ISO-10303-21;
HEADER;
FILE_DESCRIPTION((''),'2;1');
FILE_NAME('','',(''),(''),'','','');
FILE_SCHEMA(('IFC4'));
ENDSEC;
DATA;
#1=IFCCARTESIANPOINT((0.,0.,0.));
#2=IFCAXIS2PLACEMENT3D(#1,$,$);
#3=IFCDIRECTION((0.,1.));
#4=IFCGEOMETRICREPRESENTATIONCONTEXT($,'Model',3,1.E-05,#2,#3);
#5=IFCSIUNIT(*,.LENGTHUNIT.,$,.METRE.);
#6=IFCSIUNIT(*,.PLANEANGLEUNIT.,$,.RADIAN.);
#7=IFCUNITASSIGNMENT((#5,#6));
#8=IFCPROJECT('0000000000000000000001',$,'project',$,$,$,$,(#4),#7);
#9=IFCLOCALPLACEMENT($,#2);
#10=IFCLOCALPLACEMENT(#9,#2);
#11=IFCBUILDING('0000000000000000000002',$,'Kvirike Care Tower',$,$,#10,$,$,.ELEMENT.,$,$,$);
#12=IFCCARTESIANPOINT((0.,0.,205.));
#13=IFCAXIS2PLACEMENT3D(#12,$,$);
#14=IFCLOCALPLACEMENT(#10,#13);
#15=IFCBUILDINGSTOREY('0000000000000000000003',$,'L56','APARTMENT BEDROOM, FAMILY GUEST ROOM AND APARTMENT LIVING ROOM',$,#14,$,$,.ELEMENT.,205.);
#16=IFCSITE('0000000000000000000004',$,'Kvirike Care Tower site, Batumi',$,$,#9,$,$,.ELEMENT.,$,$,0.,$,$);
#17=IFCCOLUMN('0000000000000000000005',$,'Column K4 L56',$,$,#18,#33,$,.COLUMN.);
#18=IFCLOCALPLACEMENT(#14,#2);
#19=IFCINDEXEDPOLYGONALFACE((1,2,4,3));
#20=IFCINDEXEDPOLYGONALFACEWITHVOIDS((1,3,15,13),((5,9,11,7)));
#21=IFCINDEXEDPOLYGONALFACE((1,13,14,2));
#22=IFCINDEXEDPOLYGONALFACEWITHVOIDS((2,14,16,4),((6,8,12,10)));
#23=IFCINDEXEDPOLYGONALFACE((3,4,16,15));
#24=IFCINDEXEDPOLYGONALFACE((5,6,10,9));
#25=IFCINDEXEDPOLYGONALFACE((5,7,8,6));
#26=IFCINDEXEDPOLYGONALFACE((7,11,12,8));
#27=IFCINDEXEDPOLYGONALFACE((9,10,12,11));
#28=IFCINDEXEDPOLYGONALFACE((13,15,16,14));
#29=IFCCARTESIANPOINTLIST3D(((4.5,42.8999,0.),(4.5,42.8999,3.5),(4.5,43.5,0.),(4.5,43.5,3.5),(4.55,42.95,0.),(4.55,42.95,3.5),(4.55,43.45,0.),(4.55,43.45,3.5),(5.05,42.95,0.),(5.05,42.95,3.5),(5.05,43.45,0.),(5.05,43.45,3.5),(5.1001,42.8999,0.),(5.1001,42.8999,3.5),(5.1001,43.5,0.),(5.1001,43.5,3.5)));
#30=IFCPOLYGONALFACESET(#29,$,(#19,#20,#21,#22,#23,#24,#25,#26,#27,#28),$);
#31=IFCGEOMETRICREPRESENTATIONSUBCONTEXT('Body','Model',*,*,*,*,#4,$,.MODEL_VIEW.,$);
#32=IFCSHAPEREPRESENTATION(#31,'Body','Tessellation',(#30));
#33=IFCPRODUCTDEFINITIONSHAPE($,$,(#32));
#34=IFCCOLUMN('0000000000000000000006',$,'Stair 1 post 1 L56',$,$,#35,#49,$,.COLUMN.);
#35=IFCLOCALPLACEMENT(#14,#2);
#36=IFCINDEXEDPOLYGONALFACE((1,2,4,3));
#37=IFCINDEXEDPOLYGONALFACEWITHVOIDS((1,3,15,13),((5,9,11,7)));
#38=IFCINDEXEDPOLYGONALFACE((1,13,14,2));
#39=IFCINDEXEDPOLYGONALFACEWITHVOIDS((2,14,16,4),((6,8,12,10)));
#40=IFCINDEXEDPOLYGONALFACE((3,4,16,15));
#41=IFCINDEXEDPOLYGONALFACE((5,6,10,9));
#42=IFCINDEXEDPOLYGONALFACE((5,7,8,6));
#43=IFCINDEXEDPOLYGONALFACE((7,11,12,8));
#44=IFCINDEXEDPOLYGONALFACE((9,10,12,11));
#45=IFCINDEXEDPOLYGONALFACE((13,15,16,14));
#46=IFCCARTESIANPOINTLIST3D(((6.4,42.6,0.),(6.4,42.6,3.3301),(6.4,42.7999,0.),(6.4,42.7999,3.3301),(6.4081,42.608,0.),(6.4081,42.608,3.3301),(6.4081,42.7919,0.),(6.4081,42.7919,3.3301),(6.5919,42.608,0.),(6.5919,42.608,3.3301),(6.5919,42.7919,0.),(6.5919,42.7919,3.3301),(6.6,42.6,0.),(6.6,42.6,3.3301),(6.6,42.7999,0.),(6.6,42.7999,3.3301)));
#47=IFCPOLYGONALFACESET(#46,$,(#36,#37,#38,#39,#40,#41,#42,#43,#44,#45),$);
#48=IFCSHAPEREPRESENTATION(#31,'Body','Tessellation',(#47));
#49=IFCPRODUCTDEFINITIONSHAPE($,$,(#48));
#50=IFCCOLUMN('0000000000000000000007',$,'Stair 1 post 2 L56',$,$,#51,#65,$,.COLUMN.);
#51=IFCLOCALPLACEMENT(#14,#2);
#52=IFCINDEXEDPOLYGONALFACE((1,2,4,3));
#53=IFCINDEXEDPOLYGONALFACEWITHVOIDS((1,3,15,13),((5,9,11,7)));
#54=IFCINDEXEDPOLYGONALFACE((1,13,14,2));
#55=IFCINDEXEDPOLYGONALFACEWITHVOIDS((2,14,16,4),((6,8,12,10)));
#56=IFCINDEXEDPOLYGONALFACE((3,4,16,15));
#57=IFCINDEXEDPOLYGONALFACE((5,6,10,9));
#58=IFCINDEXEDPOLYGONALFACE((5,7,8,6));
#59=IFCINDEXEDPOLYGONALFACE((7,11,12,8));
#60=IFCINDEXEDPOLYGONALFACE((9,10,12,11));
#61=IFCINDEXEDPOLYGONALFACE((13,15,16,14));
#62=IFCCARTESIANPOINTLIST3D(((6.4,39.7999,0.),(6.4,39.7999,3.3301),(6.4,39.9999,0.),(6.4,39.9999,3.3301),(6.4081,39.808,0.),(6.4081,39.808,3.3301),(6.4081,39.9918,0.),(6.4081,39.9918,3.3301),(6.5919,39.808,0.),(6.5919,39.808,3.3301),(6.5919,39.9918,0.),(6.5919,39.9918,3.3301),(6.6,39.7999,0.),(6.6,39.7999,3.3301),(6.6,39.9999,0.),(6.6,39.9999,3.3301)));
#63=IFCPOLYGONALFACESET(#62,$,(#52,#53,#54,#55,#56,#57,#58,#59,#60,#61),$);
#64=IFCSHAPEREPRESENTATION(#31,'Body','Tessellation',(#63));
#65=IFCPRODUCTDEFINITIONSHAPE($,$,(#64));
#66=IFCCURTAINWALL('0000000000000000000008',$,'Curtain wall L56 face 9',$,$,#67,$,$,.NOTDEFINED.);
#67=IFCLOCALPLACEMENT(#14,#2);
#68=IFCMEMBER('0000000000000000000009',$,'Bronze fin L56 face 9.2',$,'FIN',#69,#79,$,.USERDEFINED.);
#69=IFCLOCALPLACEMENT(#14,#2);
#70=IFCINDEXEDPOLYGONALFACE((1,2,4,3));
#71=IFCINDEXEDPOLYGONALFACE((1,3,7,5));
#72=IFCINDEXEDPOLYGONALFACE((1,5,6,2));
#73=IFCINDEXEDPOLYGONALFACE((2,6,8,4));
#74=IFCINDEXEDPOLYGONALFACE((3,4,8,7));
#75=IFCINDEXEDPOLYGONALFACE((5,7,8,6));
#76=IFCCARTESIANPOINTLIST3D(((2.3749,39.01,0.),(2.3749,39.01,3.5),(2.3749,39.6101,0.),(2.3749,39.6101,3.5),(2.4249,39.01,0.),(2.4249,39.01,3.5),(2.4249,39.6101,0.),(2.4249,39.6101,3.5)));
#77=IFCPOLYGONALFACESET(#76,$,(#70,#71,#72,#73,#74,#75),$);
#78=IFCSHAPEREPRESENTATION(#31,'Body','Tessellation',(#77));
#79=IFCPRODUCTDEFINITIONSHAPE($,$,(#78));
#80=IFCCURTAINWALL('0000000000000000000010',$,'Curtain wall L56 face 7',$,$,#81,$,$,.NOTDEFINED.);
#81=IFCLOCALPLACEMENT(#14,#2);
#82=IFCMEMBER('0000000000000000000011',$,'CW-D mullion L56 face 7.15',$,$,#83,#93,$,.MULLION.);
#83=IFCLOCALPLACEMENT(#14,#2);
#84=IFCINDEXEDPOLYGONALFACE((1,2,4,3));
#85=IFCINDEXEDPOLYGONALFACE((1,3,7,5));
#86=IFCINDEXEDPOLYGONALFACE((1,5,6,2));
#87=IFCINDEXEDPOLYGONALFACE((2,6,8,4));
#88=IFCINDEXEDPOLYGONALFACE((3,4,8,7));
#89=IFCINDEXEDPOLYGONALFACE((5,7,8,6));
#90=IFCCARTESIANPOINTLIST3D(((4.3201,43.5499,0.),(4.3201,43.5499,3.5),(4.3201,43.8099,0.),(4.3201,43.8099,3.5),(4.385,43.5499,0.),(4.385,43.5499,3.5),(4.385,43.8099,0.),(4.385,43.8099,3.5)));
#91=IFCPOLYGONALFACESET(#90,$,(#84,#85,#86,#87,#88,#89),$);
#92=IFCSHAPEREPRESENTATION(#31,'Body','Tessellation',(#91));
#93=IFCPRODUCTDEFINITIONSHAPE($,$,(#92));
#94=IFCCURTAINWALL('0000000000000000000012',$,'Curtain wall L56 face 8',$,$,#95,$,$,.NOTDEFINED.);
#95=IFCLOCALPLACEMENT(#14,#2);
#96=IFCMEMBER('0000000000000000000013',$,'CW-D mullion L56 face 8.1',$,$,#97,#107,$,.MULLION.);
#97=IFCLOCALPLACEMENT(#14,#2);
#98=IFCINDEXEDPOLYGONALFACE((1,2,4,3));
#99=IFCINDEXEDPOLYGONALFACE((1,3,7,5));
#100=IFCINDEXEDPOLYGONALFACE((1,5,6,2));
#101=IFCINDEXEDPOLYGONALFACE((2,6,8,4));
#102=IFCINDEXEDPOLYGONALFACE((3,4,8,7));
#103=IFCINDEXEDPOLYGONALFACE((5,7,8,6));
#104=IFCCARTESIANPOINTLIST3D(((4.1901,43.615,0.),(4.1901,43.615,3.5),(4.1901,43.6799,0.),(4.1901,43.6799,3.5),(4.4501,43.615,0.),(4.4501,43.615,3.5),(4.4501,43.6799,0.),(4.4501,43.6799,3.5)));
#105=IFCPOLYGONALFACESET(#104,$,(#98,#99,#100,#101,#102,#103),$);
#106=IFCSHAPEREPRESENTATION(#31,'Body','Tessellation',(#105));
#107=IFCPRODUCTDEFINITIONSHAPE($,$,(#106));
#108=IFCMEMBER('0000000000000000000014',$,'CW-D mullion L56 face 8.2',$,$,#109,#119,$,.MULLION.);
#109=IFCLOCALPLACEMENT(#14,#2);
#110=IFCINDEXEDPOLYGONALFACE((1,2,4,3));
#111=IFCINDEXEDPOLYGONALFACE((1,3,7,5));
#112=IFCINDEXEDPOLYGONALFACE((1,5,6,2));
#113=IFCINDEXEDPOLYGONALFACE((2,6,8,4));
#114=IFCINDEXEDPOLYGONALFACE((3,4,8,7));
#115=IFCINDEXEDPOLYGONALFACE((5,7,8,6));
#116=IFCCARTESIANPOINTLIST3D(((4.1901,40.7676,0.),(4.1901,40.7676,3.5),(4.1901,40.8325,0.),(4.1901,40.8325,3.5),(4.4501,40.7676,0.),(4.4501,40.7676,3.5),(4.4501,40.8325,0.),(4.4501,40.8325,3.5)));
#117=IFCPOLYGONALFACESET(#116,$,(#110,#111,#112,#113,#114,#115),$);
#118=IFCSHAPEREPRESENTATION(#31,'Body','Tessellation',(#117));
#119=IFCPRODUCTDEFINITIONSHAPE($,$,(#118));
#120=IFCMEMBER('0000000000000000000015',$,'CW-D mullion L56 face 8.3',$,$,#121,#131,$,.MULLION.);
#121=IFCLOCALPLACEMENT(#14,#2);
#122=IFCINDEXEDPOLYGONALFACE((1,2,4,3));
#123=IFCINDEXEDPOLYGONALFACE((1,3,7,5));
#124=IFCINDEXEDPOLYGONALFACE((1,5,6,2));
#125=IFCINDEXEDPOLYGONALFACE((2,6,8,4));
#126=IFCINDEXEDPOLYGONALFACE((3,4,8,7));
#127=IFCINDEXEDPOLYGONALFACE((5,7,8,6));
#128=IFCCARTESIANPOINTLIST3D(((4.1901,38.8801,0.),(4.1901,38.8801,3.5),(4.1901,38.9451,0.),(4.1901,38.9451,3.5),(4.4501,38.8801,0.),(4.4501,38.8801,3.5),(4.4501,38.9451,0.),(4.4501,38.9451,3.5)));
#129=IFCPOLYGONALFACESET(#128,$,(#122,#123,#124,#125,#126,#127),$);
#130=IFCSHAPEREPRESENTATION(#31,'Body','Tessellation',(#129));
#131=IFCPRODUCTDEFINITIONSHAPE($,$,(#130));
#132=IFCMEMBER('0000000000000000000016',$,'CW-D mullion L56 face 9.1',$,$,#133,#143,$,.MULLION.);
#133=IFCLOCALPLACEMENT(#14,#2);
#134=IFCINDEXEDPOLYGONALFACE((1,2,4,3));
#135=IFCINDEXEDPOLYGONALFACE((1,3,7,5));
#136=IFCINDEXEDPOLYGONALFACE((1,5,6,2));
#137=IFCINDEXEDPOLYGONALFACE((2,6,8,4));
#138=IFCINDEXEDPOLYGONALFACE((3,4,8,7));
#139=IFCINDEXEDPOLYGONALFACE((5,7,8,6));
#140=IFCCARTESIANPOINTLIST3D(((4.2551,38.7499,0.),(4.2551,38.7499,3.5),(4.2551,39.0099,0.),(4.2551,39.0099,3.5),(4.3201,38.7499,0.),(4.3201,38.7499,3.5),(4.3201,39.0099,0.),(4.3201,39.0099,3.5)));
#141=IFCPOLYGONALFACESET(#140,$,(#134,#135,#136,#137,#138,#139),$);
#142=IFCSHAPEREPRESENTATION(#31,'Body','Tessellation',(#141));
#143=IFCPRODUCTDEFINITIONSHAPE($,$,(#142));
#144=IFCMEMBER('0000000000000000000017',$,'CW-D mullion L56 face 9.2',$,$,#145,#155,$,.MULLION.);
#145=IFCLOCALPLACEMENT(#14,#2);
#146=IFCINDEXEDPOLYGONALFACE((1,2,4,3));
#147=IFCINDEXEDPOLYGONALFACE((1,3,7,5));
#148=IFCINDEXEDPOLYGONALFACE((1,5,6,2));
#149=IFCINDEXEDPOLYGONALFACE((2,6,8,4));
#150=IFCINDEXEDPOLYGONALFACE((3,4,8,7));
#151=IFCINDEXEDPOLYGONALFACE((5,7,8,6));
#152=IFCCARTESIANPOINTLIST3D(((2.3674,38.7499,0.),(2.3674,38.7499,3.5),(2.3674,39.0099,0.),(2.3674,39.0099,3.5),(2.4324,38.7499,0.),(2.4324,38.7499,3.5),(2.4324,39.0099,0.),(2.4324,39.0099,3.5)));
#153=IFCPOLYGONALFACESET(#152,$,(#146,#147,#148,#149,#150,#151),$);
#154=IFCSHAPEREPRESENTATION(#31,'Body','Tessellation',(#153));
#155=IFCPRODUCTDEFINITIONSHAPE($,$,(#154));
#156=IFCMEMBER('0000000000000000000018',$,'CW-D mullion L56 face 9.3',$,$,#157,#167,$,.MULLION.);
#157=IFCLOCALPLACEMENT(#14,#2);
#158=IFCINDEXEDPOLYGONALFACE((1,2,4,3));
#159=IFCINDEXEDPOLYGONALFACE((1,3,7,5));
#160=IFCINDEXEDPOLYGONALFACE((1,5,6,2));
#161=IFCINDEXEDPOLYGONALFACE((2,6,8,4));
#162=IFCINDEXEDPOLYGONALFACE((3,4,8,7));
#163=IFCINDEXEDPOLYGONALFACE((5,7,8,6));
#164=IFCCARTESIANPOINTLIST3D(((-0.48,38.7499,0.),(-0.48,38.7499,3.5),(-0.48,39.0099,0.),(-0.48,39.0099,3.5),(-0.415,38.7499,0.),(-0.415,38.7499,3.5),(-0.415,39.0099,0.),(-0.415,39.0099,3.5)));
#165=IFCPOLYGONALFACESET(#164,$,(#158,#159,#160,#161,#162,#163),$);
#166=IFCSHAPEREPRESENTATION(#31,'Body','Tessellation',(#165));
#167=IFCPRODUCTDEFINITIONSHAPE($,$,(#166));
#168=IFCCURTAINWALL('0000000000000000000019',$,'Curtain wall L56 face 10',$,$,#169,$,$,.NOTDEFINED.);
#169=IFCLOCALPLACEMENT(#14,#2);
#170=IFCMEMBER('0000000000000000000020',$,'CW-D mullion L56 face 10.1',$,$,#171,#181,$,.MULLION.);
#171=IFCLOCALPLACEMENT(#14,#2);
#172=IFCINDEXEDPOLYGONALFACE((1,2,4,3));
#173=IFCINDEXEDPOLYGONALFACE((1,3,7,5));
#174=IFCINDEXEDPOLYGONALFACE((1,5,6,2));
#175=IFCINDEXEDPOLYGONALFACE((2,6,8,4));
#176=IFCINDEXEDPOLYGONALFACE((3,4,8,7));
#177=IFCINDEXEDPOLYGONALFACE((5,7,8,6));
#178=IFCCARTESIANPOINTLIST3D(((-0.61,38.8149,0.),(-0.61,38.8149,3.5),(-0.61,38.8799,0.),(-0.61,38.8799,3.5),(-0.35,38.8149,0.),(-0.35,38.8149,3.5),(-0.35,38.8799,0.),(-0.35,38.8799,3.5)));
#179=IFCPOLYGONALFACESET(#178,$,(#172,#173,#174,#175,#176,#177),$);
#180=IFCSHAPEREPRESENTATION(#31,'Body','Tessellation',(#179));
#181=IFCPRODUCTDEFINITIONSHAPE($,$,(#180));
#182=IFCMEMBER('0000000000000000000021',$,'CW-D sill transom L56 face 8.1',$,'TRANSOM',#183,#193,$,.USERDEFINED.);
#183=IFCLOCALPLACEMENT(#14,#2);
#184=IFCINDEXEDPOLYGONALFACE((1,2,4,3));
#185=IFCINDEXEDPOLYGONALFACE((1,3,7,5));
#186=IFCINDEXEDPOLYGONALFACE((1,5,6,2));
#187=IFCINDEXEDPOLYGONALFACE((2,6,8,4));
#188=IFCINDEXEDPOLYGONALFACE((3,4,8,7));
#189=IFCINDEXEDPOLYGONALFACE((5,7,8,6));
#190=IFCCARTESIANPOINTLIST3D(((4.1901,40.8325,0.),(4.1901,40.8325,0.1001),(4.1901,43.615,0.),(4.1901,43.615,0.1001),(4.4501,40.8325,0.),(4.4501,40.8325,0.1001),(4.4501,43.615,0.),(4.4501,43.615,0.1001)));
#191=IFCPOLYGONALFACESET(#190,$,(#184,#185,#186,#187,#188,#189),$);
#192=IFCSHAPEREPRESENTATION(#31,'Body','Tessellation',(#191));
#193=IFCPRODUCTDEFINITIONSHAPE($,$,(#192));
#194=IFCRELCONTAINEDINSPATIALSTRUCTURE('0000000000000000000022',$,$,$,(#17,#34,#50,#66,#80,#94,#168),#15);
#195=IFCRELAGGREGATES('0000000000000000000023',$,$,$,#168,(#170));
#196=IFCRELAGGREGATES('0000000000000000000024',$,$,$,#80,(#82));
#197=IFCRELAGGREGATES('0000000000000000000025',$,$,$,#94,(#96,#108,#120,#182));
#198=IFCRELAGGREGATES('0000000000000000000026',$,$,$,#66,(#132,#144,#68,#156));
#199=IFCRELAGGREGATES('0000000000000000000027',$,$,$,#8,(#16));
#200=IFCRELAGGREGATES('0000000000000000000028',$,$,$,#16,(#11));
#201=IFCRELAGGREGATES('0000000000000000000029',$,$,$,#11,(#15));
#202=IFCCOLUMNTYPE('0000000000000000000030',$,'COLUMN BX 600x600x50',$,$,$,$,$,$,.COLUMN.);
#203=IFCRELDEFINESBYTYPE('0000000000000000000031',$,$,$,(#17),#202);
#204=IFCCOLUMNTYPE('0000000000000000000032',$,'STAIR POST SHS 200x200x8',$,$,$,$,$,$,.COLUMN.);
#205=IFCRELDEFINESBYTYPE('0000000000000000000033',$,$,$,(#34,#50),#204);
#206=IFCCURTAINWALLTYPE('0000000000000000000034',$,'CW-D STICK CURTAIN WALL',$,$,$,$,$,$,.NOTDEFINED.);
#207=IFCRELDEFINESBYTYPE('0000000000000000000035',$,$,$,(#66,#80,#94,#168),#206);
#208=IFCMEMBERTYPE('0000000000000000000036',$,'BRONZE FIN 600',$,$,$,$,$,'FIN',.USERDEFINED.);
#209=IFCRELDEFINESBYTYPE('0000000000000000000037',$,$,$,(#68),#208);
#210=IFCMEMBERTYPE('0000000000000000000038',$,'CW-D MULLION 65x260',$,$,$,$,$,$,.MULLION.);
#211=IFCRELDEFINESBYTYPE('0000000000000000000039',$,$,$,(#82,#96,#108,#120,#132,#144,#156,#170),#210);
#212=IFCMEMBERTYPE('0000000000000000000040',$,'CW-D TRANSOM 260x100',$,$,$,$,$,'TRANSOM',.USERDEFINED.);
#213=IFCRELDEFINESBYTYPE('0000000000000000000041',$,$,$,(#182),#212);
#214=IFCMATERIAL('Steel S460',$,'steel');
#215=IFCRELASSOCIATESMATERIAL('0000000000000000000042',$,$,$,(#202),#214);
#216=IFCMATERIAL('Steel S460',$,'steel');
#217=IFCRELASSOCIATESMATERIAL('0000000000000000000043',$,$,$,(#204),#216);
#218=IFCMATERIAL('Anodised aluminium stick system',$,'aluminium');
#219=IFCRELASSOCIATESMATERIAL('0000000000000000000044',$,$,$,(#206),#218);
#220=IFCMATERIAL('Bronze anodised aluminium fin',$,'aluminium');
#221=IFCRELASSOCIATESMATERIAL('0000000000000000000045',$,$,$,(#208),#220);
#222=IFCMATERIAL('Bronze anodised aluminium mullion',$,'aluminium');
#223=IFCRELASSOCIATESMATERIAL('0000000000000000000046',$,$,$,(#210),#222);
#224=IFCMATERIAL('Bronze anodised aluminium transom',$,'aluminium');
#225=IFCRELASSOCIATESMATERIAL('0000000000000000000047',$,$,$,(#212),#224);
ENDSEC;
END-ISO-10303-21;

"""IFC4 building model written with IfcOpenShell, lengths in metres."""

from ifc_helpers import new_model, si_unit, direction, frame, origin, origin_2d, place, context, subcontext, project, spatial, rectangle, hollow_rectangle, extrude, material, material_profile, profile_set, type_object, element, aggregate, save


model = new_model("IFC4")

# Units and contexts
model_context = context("Model", 3, precision=1e-05, world=origin(), true_north=direction((0.0, 1.0)))
body_context = subcontext(model_context, "Body", "Model", "MODEL_VIEW")
ifc_project = project(units=[si_unit("LENGTHUNIT", "METRE"), si_unit("PLANEANGLEUNIT", "RADIAN")], contexts=[model_context])

# Site, building, storey
site_placement = place(None, origin())
site = spatial("IfcSite", under=ifc_project, at=site_placement, Name="Kvirike Care Tower site, Batumi", CompositionType="ELEMENT", RefElevation=0.0)
building_placement = place(site_placement, origin())
building = spatial("IfcBuilding", under=site, at=building_placement, Name="Kvirike Care Tower", CompositionType="ELEMENT")
storey_placement = place(building_placement, frame((0.0, 0.0, 205.0)))
storey = spatial("IfcBuildingStorey", under=building, at=storey_placement, Name="L56", Description="APARTMENT BEDROOM, FAMILY GUEST ROOM AND APARTMENT LIVING ROOM", CompositionType="ELEMENT", Elevation=205.0)

# Columns
ifc_material_1 = material(Name="Steel S460", Category="steel")
ifc_material_profile_1 = material_profile(ifc_material_1, hollow_rectangle(XDim=0.6001, YDim=0.6001, WallThickness=0.05, at=origin_2d()), Name="BX 600x600x50")
ifc_profile_set_1 = profile_set([ifc_material_profile_1], Name="Steel S460")
column_type_1 = type_object("IfcColumnType", Name="COLUMN BX 600x600x50", PredefinedType="COLUMN", material=ifc_profile_set_1)
column_placement = place(storey_placement, frame((4.8, 43.2, 0.0), z_axis=(0.0, 0.0, 1.0), x_axis=(0.0, 1.0, 0.0)))
element("IfcColumn", 1, at=column_placement, inside=storey, type_object=column_type_1, Name="Column K4 L56", PredefinedType="COLUMN", context=body_context, shape_type="SweptSolid", body=[
    extrude(hollow_rectangle(XDim=0.6001, YDim=0.6001, WallThickness=0.05, at=origin_2d()), origin(), (0.0, 0.0, 1.0), 3.5),
])
ifc_material_2 = material(Name="Steel S460", Category="steel")
ifc_material_profile_2 = material_profile(ifc_material_2, hollow_rectangle(XDim=0.2, YDim=0.2, WallThickness=0.0081, at=origin_2d()), Name="SHS 200x200x8")
ifc_profile_set_2 = profile_set([ifc_material_profile_2], Name="Steel S460")
column_type_2 = type_object("IfcColumnType", Name="STAIR POST SHS 200x200x8", PredefinedType="COLUMN", material=ifc_profile_set_2)
for number, where, z_axis, x_axis, name in (
    (2, (6.5, 42.7, 0.0), (0.0, 0.0, 1.0), (1.0, 0.0, 0.0), "Stair 1 post 1 L56"),
    (3, (6.5, 39.8999, 0.0), (0.0, 0.0, 1.0), (1.0, 0.0, 0.0), "Stair 1 post 2 L56"),
):
    element("IfcColumn", number, at=place(storey_placement, frame(where, z_axis=z_axis, x_axis=x_axis)), inside=storey, type_object=column_type_2, Name=name, PredefinedType="COLUMN", context=body_context, shape_type="SweptSolid", body=[
        extrude(hollow_rectangle(XDim=0.2, YDim=0.2, WallThickness=0.0081, at=origin_2d()), origin(), (0.0, 0.0, 1.0), 3.3301),
    ])

# Curtain walls, members
ifc_material_3 = material(Name="Anodised aluminium stick system", Category="aluminium")
curtain_wall_type = type_object("IfcCurtainWallType", Name="CW-D STICK CURTAIN WALL", PredefinedType="NOTDEFINED", material=ifc_material_3)
curtain_wall_1_placement = place(storey_placement, origin())
curtain_wall_1 = element("IfcCurtainWall", 4, at=curtain_wall_1_placement, inside=storey, type_object=curtain_wall_type, Name="Curtain wall L56 face 9", PredefinedType="NOTDEFINED")
ifc_material_4 = material(Name="Bronze anodised aluminium fin", Category="aluminium")
ifc_material_profile_3 = material_profile(ifc_material_4, rectangle(XDim=0.05, YDim=0.6001, at=origin_2d()), Name="BRONZE FIN 600")
ifc_profile_set_3 = profile_set([ifc_material_profile_3], Name="Bronze anodised aluminium fin")
member_type_1 = type_object("IfcMemberType", Name="BRONZE FIN 600", ElementType="FIN", PredefinedType="USERDEFINED", material=ifc_profile_set_3)
member_1_placement = place(storey_placement, frame((2.3999, 39.3101, 0.0), z_axis=(0.0, 0.0, 1.0), x_axis=(-1.0, 0.0, 0.0)))
member_1 = element("IfcMember", 5, at=member_1_placement, type_object=member_type_1, Name="Bronze fin L56 face 9.2", ObjectType="FIN", PredefinedType="USERDEFINED", context=body_context, shape_type="SweptSolid", body=[
    extrude(rectangle(XDim=0.05, YDim=0.6001, at=origin_2d()), origin(), (0.0, 0.0, 1.0), 3.5),
])
curtain_wall_2_placement = place(storey_placement, origin())
curtain_wall_2 = element("IfcCurtainWall", 6, at=curtain_wall_2_placement, inside=storey, type_object=curtain_wall_type, Name="Curtain wall L56 face 7", PredefinedType="NOTDEFINED")
ifc_material_5 = material(Name="Bronze anodised aluminium mullion", Category="aluminium")
ifc_material_profile_4 = material_profile(ifc_material_5, rectangle(XDim=0.0649, YDim=0.26, at=origin_2d()), Name="CW-D MULLION 65x260")
ifc_profile_set_4 = profile_set([ifc_material_profile_4], Name="Bronze anodised aluminium mullion")
member_type_2 = type_object("IfcMemberType", Name="CW-D MULLION 65x260", PredefinedType="MULLION", material=ifc_profile_set_4)
member_2_placement = place(storey_placement, frame((4.3525, 43.6799, 0.0), z_axis=(0.0, 0.0, 1.0), x_axis=(-1.0, 0.0, 0.0)))
member_2 = element("IfcMember", 7, at=member_2_placement, type_object=member_type_2, Name="CW-D mullion L56 face 7.15", PredefinedType="MULLION", context=body_context, shape_type="SweptSolid", body=[
    extrude(rectangle(XDim=0.0649, YDim=0.26, at=origin_2d()), origin(), (0.0, 0.0, 1.0), 3.5),
])

# Curtain wall, members
curtain_wall_3_placement = place(storey_placement, origin())
curtain_wall_3 = element("IfcCurtainWall", 8, at=curtain_wall_3_placement, inside=storey, type_object=curtain_wall_type, Name="Curtain wall L56 face 8", PredefinedType="NOTDEFINED")
member_3_placement = place(storey_placement, frame((4.3201, 43.6475, 0.0), z_axis=(0.0, 0.0, 1.0), x_axis=(0.0, -1.0, 0.0)))
member_3 = element("IfcMember", 9, at=member_3_placement, type_object=member_type_2, Name="CW-D mullion L56 face 8.1", PredefinedType="MULLION", context=body_context, shape_type="SweptSolid", body=[
    extrude(rectangle(XDim=0.0649, YDim=0.26, at=origin_2d()), origin(), (0.0, 0.0, 1.0), 3.5),
])
member_4_placement = place(storey_placement, frame((4.3201, 40.8, 0.0), z_axis=(0.0, 0.0, 1.0), x_axis=(0.0, -1.0, 0.0)))
member_4 = element("IfcMember", 10, at=member_4_placement, type_object=member_type_2, Name="CW-D mullion L56 face 8.2", PredefinedType="MULLION", context=body_context, shape_type="SweptSolid", body=[
    extrude(rectangle(XDim=0.0649, YDim=0.26, at=origin_2d()), origin(), (0.0, 0.0, 1.0), 3.5),
])
member_5_placement = place(storey_placement, frame((4.3201, 38.9126, 0.0), z_axis=(0.0, 0.0, 1.0), x_axis=(0.0, -1.0, 0.0)))
member_5 = element("IfcMember", 11, at=member_5_placement, type_object=member_type_2, Name="CW-D mullion L56 face 8.3", PredefinedType="MULLION", context=body_context, shape_type="SweptSolid", body=[
    extrude(rectangle(XDim=0.0649, YDim=0.26, at=origin_2d()), origin(), (0.0, 0.0, 1.0), 3.5),
])

# Members
member_6_placement = place(storey_placement, frame((4.2876, 38.8799, 0.0), z_axis=(0.0, 0.0, 1.0), x_axis=(-1.0, 0.0, 0.0)))
member_6 = element("IfcMember", 12, at=member_6_placement, type_object=member_type_2, Name="CW-D mullion L56 face 9.1", PredefinedType="MULLION", context=body_context, shape_type="SweptSolid", body=[
    extrude(rectangle(XDim=0.0649, YDim=0.26, at=origin_2d()), origin(), (0.0, 0.0, 1.0), 3.5),
])
member_7_placement = place(storey_placement, frame((2.3999, 38.8799, 0.0), z_axis=(0.0, 0.0, 1.0), x_axis=(-1.0, 0.0, 0.0)))
member_7 = element("IfcMember", 13, at=member_7_placement, type_object=member_type_2, Name="CW-D mullion L56 face 9.2", PredefinedType="MULLION", context=body_context, shape_type="SweptSolid", body=[
    extrude(rectangle(XDim=0.0649, YDim=0.26, at=origin_2d()), origin(), (0.0, 0.0, 1.0), 3.5),
])
member_8_placement = place(storey_placement, frame((-0.4475, 38.8799, 0.0), z_axis=(0.0, 0.0, 1.0), x_axis=(-1.0, 0.0, 0.0)))
member_8 = element("IfcMember", 14, at=member_8_placement, type_object=member_type_2, Name="CW-D mullion L56 face 9.3", PredefinedType="MULLION", context=body_context, shape_type="SweptSolid", body=[
    extrude(rectangle(XDim=0.0649, YDim=0.26, at=origin_2d()), origin(), (0.0, 0.0, 1.0), 3.5),
])

# Curtain wall, member
curtain_wall_4_placement = place(storey_placement, origin())
curtain_wall_4 = element("IfcCurtainWall", 15, at=curtain_wall_4_placement, inside=storey, type_object=curtain_wall_type, Name="Curtain wall L56 face 10", PredefinedType="NOTDEFINED")
member_9_placement = place(storey_placement, frame((-0.48, 38.8474, 0.0), z_axis=(0.0, 0.0, 1.0), x_axis=(0.0, -1.0, 0.0)))
member_9 = element("IfcMember", 16, at=member_9_placement, type_object=member_type_2, Name="CW-D mullion L56 face 10.1", PredefinedType="MULLION", context=body_context, shape_type="SweptSolid", body=[
    extrude(rectangle(XDim=0.0649, YDim=0.26, at=origin_2d()), origin(), (0.0, 0.0, 1.0), 3.5),
])
aggregate(curtain_wall_4, [member_9])

# Member
ifc_material_6 = material(Name="Bronze anodised aluminium transom", Category="aluminium")
ifc_material_profile_5 = material_profile(ifc_material_6, rectangle(XDim=0.26, YDim=0.1001, at=origin_2d()), Name="CW-D TRANSOM 260x100")
ifc_profile_set_5 = profile_set([ifc_material_profile_5], Name="Bronze anodised aluminium transom")
member_type_3 = type_object("IfcMemberType", Name="CW-D TRANSOM 260x100", ElementType="TRANSOM", PredefinedType="USERDEFINED", material=ifc_profile_set_5)
member_10_placement = place(storey_placement, frame((4.3201, 43.615, 0.05), z_axis=(0.0, -1.0, 0.0), x_axis=(1.0, 0.0, 0.0)))
member_10 = element("IfcMember", 17, at=member_10_placement, type_object=member_type_3, Name="CW-D sill transom L56 face 8.1", ObjectType="TRANSOM", PredefinedType="USERDEFINED", context=body_context, shape_type="SweptSolid", body=[
    extrude(rectangle(XDim=0.26, YDim=0.1001, at=origin_2d()), origin(), (0.0, 0.0, 1.0), 2.7825),
])

aggregate(curtain_wall_2, [member_2])
aggregate(curtain_wall_3, [member_3, member_4, member_5, member_10])
aggregate(curtain_wall_1, [member_6, member_7, member_1, member_8])

save(model, "model.ifc")
